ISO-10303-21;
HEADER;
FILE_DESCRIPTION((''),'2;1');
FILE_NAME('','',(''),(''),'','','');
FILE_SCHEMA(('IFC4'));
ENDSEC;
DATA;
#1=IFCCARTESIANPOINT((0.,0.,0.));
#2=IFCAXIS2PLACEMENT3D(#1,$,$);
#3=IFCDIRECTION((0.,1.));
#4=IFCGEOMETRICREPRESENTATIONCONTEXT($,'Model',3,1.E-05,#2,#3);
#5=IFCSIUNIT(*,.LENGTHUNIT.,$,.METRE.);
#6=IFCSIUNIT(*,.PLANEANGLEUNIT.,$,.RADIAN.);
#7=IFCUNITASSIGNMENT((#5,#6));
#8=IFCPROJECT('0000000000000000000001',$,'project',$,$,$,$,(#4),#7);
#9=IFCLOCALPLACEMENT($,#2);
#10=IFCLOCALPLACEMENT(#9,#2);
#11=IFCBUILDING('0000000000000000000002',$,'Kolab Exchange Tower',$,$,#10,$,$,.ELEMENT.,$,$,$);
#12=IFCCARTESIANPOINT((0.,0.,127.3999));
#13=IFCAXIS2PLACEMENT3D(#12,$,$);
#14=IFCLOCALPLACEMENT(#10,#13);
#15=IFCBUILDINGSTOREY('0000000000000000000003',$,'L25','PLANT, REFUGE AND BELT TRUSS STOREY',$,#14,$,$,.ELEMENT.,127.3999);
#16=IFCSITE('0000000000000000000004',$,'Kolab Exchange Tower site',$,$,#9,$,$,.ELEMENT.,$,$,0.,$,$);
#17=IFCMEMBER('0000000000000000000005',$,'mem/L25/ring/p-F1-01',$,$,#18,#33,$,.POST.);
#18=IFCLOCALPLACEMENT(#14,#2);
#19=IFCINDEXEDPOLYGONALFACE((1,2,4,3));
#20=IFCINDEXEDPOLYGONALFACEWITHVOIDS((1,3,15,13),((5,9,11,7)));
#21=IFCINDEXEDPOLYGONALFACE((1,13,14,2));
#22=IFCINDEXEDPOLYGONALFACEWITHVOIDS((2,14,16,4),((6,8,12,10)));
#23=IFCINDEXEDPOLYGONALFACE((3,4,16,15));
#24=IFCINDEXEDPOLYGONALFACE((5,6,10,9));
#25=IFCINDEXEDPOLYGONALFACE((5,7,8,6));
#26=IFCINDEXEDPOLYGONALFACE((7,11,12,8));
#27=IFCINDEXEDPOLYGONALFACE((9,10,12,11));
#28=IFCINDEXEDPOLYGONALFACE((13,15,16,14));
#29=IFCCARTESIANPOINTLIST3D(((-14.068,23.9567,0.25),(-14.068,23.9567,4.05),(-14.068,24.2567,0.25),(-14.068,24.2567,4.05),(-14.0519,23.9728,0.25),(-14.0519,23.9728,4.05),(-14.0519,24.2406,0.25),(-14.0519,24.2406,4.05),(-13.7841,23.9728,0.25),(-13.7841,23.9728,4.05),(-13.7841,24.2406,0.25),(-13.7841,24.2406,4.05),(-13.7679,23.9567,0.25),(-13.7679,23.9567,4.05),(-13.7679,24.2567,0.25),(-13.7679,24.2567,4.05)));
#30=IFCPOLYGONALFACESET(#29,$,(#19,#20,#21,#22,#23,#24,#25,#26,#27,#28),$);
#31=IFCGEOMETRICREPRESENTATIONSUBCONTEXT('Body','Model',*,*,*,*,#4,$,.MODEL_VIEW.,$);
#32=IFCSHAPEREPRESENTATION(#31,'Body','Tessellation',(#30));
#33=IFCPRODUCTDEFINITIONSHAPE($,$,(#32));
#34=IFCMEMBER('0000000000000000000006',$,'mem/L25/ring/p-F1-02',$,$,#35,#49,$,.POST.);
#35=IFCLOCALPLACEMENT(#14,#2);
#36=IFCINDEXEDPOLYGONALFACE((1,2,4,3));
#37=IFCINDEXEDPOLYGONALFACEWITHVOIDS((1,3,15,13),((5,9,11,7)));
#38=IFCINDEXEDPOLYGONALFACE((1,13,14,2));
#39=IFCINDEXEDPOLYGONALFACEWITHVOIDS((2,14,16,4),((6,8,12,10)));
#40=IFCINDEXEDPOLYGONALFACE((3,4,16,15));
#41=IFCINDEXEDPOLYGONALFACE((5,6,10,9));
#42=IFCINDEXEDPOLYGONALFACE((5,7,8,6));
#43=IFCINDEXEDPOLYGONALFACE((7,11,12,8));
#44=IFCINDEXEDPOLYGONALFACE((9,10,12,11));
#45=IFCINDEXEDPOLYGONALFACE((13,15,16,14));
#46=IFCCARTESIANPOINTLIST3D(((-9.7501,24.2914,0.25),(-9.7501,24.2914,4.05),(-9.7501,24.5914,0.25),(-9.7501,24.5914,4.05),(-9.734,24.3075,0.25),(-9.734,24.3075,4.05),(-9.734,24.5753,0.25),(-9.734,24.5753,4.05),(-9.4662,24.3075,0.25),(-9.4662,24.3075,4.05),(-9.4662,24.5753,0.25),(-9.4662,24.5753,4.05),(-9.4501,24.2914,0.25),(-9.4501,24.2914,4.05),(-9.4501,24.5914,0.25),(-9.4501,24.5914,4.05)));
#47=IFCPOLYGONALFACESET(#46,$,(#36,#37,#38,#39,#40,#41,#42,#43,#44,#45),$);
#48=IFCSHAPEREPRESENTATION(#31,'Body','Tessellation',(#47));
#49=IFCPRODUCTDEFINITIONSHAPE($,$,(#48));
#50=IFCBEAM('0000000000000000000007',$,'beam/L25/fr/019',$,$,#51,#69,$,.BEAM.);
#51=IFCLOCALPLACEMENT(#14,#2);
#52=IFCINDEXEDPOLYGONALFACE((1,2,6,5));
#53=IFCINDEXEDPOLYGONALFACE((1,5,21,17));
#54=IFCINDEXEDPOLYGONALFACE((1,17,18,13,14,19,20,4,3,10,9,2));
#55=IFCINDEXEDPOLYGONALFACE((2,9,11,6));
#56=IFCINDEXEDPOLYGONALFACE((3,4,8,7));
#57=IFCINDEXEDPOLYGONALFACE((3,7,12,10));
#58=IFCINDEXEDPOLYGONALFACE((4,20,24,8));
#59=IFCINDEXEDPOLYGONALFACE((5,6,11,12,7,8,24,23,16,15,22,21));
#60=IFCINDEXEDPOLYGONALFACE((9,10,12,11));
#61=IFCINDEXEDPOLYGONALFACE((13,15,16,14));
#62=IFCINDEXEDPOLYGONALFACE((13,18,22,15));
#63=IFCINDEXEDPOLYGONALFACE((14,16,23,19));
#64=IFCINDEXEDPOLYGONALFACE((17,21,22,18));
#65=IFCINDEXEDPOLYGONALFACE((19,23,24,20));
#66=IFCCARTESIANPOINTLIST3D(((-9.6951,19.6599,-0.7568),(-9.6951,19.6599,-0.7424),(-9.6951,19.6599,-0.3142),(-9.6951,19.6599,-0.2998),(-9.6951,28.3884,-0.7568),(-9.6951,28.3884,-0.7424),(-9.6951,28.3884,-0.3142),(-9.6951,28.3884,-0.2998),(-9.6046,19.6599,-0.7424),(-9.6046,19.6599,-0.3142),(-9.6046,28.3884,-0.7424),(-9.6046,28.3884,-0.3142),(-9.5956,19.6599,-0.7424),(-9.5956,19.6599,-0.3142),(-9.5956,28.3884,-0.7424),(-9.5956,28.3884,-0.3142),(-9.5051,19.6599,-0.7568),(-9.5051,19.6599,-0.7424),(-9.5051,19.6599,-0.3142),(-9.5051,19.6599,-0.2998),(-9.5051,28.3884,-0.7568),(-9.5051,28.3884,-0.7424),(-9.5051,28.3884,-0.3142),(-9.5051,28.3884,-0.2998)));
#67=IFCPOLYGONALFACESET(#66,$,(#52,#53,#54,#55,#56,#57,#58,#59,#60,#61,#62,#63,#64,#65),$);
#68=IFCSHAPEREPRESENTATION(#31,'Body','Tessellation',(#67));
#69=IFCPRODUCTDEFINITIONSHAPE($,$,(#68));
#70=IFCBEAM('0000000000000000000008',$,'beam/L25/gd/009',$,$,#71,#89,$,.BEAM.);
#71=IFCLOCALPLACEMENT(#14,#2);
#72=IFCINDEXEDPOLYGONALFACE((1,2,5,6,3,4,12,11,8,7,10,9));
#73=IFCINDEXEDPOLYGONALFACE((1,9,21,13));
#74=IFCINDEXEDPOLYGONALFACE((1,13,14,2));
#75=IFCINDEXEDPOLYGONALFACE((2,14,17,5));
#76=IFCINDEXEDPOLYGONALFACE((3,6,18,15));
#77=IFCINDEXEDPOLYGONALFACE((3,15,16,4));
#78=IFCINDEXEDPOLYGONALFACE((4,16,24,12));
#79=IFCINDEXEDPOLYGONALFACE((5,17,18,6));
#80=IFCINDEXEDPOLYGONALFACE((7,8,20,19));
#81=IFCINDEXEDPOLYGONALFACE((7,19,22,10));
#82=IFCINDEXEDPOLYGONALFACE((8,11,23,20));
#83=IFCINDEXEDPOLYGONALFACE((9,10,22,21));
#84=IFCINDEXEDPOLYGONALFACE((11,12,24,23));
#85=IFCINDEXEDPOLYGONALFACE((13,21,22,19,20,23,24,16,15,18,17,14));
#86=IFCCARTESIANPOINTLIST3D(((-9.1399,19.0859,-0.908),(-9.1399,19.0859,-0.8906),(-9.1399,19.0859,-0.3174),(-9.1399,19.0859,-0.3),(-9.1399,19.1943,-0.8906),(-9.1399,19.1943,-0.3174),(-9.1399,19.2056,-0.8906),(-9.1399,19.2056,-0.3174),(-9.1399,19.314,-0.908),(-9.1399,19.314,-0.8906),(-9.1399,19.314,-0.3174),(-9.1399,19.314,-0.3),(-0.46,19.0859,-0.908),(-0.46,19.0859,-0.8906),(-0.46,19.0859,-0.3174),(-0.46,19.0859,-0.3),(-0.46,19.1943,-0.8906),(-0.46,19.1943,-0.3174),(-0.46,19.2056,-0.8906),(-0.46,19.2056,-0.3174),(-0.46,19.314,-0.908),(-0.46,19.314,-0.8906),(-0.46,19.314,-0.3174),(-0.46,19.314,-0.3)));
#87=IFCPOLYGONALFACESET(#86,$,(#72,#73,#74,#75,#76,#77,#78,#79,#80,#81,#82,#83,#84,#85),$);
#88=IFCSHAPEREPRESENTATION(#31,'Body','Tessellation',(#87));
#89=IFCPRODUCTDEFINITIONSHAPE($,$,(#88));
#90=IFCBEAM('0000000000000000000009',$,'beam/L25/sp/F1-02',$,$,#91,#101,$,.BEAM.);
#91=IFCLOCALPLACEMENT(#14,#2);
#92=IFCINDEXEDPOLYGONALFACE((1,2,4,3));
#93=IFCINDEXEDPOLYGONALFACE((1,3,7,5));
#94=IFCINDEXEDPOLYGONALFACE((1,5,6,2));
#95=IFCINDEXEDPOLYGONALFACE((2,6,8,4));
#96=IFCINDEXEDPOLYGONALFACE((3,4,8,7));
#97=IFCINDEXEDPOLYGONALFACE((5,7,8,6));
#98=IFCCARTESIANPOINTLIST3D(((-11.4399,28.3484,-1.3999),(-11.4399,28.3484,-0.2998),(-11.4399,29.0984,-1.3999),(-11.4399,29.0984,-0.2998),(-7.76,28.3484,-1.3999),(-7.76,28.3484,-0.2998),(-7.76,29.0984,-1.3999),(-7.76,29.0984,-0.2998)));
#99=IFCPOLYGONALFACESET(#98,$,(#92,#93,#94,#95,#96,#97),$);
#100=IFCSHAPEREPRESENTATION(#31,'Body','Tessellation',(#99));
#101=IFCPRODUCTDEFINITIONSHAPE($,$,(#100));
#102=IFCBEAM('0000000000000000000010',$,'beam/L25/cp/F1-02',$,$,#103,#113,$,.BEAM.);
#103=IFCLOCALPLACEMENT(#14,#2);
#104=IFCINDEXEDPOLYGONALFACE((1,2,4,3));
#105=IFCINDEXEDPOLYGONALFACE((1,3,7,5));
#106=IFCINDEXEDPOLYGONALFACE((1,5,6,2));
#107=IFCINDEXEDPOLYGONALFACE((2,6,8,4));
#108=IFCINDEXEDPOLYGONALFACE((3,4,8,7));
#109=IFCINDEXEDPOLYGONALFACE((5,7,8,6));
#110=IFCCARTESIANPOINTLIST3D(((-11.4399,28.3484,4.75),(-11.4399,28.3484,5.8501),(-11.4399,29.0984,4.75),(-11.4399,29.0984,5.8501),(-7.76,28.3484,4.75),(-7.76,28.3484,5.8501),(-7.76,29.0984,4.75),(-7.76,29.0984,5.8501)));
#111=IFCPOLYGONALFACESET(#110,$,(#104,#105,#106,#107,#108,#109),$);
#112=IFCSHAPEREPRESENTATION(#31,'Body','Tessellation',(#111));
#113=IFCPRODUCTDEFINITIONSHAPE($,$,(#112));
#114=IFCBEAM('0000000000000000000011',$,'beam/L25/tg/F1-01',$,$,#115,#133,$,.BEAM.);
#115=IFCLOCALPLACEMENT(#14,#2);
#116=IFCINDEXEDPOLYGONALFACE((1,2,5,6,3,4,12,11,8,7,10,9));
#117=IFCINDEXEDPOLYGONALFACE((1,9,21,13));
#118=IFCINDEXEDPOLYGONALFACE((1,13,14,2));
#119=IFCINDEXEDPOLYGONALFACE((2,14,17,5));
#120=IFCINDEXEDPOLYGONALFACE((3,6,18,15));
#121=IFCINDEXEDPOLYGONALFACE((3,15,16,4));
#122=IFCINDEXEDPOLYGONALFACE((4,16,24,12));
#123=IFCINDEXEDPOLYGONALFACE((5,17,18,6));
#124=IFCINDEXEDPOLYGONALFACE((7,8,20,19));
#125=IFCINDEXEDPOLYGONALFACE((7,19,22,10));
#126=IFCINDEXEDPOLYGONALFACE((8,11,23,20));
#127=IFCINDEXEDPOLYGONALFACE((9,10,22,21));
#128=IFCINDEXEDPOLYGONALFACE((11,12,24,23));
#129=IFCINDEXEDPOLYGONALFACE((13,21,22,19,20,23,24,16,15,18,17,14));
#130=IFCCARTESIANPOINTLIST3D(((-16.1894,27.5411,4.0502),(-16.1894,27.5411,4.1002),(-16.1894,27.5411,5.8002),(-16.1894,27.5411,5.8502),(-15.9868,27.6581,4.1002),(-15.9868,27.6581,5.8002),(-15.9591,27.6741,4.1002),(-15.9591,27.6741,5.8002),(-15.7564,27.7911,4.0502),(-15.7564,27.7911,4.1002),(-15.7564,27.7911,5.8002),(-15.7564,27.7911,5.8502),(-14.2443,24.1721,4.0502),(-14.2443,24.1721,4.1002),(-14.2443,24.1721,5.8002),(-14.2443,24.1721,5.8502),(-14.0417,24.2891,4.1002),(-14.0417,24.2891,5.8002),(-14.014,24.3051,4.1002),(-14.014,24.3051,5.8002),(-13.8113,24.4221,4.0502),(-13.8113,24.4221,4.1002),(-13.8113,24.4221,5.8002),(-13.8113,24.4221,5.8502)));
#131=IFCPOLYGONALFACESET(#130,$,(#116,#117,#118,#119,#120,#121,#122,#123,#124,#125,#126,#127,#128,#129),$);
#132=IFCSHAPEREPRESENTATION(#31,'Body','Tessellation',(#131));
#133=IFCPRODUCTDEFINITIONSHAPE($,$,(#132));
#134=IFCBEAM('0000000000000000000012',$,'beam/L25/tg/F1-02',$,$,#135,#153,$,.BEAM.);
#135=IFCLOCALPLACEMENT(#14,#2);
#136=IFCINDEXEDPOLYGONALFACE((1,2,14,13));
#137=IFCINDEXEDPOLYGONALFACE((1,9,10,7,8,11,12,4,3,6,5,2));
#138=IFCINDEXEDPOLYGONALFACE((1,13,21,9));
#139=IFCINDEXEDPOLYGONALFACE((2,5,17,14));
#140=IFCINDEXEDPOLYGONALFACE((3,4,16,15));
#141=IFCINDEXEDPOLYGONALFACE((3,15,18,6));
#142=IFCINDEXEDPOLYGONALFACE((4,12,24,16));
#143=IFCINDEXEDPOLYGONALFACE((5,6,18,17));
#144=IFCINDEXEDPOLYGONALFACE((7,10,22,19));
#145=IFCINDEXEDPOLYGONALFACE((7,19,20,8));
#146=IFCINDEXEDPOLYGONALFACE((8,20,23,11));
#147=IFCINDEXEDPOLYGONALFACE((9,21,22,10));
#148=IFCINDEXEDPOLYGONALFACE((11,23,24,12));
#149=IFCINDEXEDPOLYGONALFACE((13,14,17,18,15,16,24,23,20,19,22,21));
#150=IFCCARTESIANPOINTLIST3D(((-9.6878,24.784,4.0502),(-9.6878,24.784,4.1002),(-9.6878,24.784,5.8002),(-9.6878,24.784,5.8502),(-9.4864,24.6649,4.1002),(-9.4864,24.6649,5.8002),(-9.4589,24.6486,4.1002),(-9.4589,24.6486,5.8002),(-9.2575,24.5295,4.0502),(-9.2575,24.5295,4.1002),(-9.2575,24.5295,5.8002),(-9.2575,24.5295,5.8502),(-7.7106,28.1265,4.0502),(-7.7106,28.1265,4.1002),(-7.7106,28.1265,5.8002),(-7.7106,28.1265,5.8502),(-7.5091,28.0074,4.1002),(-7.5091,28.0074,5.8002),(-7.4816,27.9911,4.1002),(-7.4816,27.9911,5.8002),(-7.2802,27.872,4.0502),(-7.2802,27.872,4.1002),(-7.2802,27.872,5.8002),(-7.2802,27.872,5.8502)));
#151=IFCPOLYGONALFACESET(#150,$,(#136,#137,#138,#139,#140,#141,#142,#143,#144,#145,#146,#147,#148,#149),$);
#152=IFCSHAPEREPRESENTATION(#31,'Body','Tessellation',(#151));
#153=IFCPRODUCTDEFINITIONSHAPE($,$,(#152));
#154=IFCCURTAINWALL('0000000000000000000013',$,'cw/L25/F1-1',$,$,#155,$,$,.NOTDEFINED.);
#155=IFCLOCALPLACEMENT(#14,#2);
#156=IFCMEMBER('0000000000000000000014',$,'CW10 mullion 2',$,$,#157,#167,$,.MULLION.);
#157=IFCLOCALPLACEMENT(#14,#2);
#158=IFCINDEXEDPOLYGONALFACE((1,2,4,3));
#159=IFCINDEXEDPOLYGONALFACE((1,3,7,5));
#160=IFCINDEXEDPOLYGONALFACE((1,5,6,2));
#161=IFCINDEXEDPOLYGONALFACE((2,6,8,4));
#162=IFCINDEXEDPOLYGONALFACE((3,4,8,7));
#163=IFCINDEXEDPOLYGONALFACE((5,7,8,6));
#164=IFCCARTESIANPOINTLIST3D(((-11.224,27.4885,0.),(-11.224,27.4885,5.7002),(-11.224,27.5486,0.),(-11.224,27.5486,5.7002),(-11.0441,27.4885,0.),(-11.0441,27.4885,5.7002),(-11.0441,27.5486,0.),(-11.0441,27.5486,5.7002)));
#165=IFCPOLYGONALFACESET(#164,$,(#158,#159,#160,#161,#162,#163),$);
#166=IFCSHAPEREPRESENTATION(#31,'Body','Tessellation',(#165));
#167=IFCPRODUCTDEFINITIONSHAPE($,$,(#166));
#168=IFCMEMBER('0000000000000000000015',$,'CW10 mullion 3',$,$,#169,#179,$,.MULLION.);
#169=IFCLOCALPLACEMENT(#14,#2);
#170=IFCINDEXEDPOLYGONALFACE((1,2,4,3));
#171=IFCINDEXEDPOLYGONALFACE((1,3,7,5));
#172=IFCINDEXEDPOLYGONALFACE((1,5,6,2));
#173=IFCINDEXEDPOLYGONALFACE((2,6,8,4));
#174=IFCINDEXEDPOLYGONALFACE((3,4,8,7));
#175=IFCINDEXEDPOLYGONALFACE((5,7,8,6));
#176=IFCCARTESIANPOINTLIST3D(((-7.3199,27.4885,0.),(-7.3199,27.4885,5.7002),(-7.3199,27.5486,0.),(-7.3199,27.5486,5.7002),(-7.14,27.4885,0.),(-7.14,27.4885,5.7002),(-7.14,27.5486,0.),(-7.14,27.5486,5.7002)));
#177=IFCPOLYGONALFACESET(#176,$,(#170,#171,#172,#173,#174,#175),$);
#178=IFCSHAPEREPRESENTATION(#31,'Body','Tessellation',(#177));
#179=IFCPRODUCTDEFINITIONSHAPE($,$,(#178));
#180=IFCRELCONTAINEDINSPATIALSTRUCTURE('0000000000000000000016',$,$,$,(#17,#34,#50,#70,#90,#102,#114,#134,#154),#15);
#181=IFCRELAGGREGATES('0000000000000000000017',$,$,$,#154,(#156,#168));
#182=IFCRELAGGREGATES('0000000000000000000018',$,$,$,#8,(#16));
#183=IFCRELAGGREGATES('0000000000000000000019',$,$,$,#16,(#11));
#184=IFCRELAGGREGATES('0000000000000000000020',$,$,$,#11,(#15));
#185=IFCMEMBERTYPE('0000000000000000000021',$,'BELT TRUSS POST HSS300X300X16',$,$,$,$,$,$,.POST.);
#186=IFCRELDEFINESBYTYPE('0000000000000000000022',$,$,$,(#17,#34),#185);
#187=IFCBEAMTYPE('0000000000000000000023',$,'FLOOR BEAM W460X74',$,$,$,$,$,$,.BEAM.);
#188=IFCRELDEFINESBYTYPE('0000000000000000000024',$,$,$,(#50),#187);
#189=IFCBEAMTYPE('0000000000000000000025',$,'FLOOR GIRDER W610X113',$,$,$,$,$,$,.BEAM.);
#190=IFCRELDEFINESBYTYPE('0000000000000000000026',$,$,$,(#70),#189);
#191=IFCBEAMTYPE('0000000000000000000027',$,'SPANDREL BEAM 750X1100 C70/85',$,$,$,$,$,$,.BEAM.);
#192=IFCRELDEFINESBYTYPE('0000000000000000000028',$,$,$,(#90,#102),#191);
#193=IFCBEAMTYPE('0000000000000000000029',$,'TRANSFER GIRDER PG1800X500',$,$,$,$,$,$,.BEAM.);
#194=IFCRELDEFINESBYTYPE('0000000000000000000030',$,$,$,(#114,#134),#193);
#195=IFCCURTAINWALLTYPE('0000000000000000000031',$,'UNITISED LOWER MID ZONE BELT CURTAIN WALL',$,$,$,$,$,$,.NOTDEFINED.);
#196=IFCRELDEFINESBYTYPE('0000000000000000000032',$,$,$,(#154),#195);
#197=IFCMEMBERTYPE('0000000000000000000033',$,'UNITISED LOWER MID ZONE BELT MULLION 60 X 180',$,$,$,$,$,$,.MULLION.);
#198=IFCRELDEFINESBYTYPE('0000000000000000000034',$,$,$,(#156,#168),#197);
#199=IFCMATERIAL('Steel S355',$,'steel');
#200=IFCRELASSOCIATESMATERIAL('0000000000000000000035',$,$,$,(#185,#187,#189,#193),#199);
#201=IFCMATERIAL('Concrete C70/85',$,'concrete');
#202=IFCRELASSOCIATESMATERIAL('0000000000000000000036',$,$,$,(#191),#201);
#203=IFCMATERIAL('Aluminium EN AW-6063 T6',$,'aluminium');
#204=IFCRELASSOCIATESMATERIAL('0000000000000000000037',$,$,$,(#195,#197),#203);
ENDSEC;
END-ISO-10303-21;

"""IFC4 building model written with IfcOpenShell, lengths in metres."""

from ifc_helpers import new_model, si_unit, direction, frame, origin, origin_2d, place, context, subcontext, project, spatial, rectangle, hollow_rectangle, i_section, extrude, material, material_profile, profile_set, type_object, element, aggregate, save


model = new_model("IFC4")

# Units and contexts
model_context = context("Model", 3, precision=1e-05, world=origin(), true_north=direction((0.0, 1.0)))
body_context = subcontext(model_context, "Body", "Model", "MODEL_VIEW")
ifc_project = project(units=[si_unit("LENGTHUNIT", "METRE"), si_unit("PLANEANGLEUNIT", "RADIAN")], contexts=[model_context])

# Site, building, storey
site_placement = place(None, origin())
site = spatial("IfcSite", under=ifc_project, at=site_placement, Name="Kolab Exchange Tower site", CompositionType="ELEMENT", RefElevation=0.0)
building_placement = place(site_placement, origin())
building = spatial("IfcBuilding", under=site, at=building_placement, Name="Kolab Exchange Tower", CompositionType="ELEMENT")
storey_placement = place(building_placement, frame((0.0, 0.0, 127.3999)))
storey = spatial("IfcBuildingStorey", under=building, at=storey_placement, Name="L25", Description="PLANT, REFUGE AND BELT TRUSS STOREY", CompositionType="ELEMENT", Elevation=127.3999)

# Shared definitions
ifc_material_1 = material(Name="Concrete C70/85", Category="concrete")

# Shared definitions
ifc_material_2 = material(Name="Steel S355", Category="steel")

# Members
ifc_material_profile_1 = material_profile(ifc_material_2, hollow_rectangle(XDim=0.3, YDim=0.3, WallThickness=0.0161, at=origin_2d()), Name="HSS300X300X16")
ifc_profile_set_1 = profile_set([ifc_material_profile_1], Name="Steel S355")
member_type_1 = type_object("IfcMemberType", Name="BELT TRUSS POST HSS300X300X16", PredefinedType="POST", material=ifc_profile_set_1)
for number, where, z_axis, x_axis, name in (
    (1, (-13.918, 24.1067, 0.25), (0.0, 0.0, 1.0), (1.0, 0.0, 0.0), "mem/L25/ring/p-F1-01"),
    (2, (-9.6001, 24.4414, 0.25), (0.0, 0.0, 1.0), (1.0, 0.0, 0.0), "mem/L25/ring/p-F1-02"),
):
    element("IfcMember", number, at=place(storey_placement, frame(where, z_axis=z_axis, x_axis=x_axis)), inside=storey, type_object=member_type_1, Name=name, PredefinedType="POST", context=body_context, shape_type="SweptSolid", body=[
        extrude(hollow_rectangle(XDim=0.3, YDim=0.3, WallThickness=0.0161, at=origin_2d()), origin(), (0.0, 0.0, 1.0), 3.8),
    ])

# Beams
ifc_material_profile_2 = material_profile(ifc_material_2, i_section(OverallWidth=0.1899, OverallDepth=0.457, WebThickness=0.009, FlangeThickness=0.0144, at=origin_2d()), Name="W460X74")
ifc_profile_set_2 = profile_set([ifc_material_profile_2], Name="Steel S355")
beam_type_1 = type_object("IfcBeamType", Name="FLOOR BEAM W460X74", PredefinedType="BEAM", material=ifc_profile_set_2)
beam_1_placement = place(storey_placement, frame((-9.6001, 19.6599, -0.5283), z_axis=(0.0, 1.0, 0.0), x_axis=(-1.0, 0.0, 0.0)))
element("IfcBeam", 3, at=beam_1_placement, inside=storey, type_object=beam_type_1, Name="beam/L25/fr/019", PredefinedType="BEAM", context=body_context, shape_type="SweptSolid", body=[
    extrude(i_section(OverallWidth=0.1899, OverallDepth=0.457, WebThickness=0.009, FlangeThickness=0.0144, at=origin_2d()), origin(), (0.0, 0.0, 1.0), 8.7285),
])
ifc_material_profile_3 = material_profile(ifc_material_2, i_section(OverallWidth=0.228, OverallDepth=0.6079, WebThickness=0.0112, FlangeThickness=0.0173, at=origin_2d()), Name="W610X113")
ifc_profile_set_3 = profile_set([ifc_material_profile_3], Name="Steel S355")
beam_type_2 = type_object("IfcBeamType", Name="FLOOR GIRDER W610X113", PredefinedType="BEAM", material=ifc_profile_set_3)
beam_2_placement = place(storey_placement, frame((-9.1399, 19.2, -0.604), z_axis=(1.0, 0.0, 0.0), x_axis=(0.0, 1.0, 0.0)))
element("IfcBeam", 4, at=beam_2_placement, inside=storey, type_object=beam_type_2, Name="beam/L25/gd/009", PredefinedType="BEAM", context=body_context, shape_type="SweptSolid", body=[
    extrude(i_section(OverallWidth=0.228, OverallDepth=0.6079, WebThickness=0.0112, FlangeThickness=0.0173, at=origin_2d()), origin(), (0.0, 0.0, 1.0), 8.6799),
])
ifc_material_profile_4 = material_profile(ifc_material_1, rectangle(XDim=0.75, YDim=1.1001, at=origin_2d()), Name="RC750X1100")
ifc_profile_set_4 = profile_set([ifc_material_profile_4], Name="Concrete C70/85")
beam_type_3 = type_object("IfcBeamType", Name="SPANDREL BEAM 750X1100 C70/85", PredefinedType="BEAM", material=ifc_profile_set_4)
for number, where, z_axis, x_axis, name in (
    (5, (-11.4399, 28.7234, -0.8499), (1.0, 0.0, 0.0), (0.0, 1.0, 0.0), "beam/L25/sp/F1-02"),
    (6, (-11.4399, 28.7234, 5.3), (1.0, 0.0, 0.0), (0.0, 1.0, 0.0), "beam/L25/cp/F1-02"),
):
    element("IfcBeam", number, at=place(storey_placement, frame(where, z_axis=z_axis, x_axis=x_axis)), inside=storey, type_object=beam_type_3, Name=name, PredefinedType="BEAM", context=body_context, shape_type="SweptSolid", body=[
        extrude(rectangle(XDim=0.75, YDim=1.1001, at=origin_2d()), origin(), (0.0, 0.0, 1.0), 3.6799),
    ])
ifc_material_profile_5 = material_profile(ifc_material_2, i_section(OverallWidth=0.5, OverallDepth=1.8, WebThickness=0.032, FlangeThickness=0.05, at=origin_2d()), Name="PG1800X500")
ifc_profile_set_5 = profile_set([ifc_material_profile_5], Name="Steel S355")
beam_type_4 = type_object("IfcBeamType", Name="TRANSFER GIRDER PG1800X500", PredefinedType="BEAM", material=ifc_profile_set_5)
beam_3_placement = place(storey_placement, frame((-14.0278, 24.2971, 4.9502), z_axis=(-0.500007, 0.866022, 0.0), x_axis=(-0.866022, -0.500007, 0.0)))
element("IfcBeam", 7, at=beam_3_placement, inside=storey, type_object=beam_type_4, Name="beam/L25/tg/F1-01", PredefinedType="BEAM", context=body_context, shape_type="SweptSolid", body=[
    extrude(i_section(OverallWidth=0.5, OverallDepth=1.8, WebThickness=0.032, FlangeThickness=0.05, at=origin_2d()), origin(), (0.0, 0.0, 1.0), 3.8901),
])
beam_4_placement = place(storey_placement, frame((-9.4727, 24.6567, 4.9502), z_axis=(0.509142, 0.860682, 0.0), x_axis=(-0.860682, 0.509142, 0.0)))
element("IfcBeam", 8, at=beam_4_placement, inside=storey, type_object=beam_type_4, Name="beam/L25/tg/F1-02", PredefinedType="BEAM", context=body_context, shape_type="SweptSolid", body=[
    extrude(i_section(OverallWidth=0.5, OverallDepth=1.8, WebThickness=0.032, FlangeThickness=0.05, at=origin_2d()), origin(), (0.0, 0.0, 1.0), 3.8835),
])

# Curtain wall, members
ifc_material_3 = material(Name="Aluminium EN AW-6063 T6", Category="aluminium")
curtain_wall_type = type_object("IfcCurtainWallType", Name="UNITISED LOWER MID ZONE BELT CURTAIN WALL", PredefinedType="NOTDEFINED", material=ifc_material_3)
curtain_wall_placement = place(storey_placement, origin())
curtain_wall = element("IfcCurtainWall", 9, at=curtain_wall_placement, inside=storey, type_object=curtain_wall_type, Name="cw/L25/F1-1", PredefinedType="NOTDEFINED")
ifc_material_profile_6 = material_profile(ifc_material_3, rectangle(XDim=0.0601, YDim=0.1799, at=origin_2d()), Name="RECT 60X180")
ifc_profile_set_6 = profile_set([ifc_material_profile_6], Name="Aluminium EN AW-6063 T6")
member_type_2 = type_object("IfcMemberType", Name="UNITISED LOWER MID ZONE BELT MULLION 60 X 180", PredefinedType="MULLION", material=ifc_profile_set_6)
member_1_placement = place(storey_placement, frame((-11.134, 27.5186, 0.0), z_axis=(0.0, 0.0, 1.0), x_axis=(0.0, 1.0, 0.0)))
member_1 = element("IfcMember", 10, at=member_1_placement, type_object=member_type_2, Name="CW10 mullion 2", PredefinedType="MULLION", context=body_context, shape_type="SweptSolid", body=[
    extrude(rectangle(XDim=0.0601, YDim=0.1799, at=origin_2d()), origin(), (0.0, 0.0, 1.0), 5.7002),
])
member_2_placement = place(storey_placement, frame((-7.23, 27.5186, 0.0), z_axis=(0.0, 0.0, 1.0), x_axis=(0.0, 1.0, 0.0)))
member_2 = element("IfcMember", 11, at=member_2_placement, type_object=member_type_2, Name="CW10 mullion 3", PredefinedType="MULLION", context=body_context, shape_type="SweptSolid", body=[
    extrude(rectangle(XDim=0.0601, YDim=0.1799, at=origin_2d()), origin(), (0.0, 0.0, 1.0), 5.7002),
])
aggregate(curtain_wall, [member_1, member_2])

save(model, "model.ifc")
